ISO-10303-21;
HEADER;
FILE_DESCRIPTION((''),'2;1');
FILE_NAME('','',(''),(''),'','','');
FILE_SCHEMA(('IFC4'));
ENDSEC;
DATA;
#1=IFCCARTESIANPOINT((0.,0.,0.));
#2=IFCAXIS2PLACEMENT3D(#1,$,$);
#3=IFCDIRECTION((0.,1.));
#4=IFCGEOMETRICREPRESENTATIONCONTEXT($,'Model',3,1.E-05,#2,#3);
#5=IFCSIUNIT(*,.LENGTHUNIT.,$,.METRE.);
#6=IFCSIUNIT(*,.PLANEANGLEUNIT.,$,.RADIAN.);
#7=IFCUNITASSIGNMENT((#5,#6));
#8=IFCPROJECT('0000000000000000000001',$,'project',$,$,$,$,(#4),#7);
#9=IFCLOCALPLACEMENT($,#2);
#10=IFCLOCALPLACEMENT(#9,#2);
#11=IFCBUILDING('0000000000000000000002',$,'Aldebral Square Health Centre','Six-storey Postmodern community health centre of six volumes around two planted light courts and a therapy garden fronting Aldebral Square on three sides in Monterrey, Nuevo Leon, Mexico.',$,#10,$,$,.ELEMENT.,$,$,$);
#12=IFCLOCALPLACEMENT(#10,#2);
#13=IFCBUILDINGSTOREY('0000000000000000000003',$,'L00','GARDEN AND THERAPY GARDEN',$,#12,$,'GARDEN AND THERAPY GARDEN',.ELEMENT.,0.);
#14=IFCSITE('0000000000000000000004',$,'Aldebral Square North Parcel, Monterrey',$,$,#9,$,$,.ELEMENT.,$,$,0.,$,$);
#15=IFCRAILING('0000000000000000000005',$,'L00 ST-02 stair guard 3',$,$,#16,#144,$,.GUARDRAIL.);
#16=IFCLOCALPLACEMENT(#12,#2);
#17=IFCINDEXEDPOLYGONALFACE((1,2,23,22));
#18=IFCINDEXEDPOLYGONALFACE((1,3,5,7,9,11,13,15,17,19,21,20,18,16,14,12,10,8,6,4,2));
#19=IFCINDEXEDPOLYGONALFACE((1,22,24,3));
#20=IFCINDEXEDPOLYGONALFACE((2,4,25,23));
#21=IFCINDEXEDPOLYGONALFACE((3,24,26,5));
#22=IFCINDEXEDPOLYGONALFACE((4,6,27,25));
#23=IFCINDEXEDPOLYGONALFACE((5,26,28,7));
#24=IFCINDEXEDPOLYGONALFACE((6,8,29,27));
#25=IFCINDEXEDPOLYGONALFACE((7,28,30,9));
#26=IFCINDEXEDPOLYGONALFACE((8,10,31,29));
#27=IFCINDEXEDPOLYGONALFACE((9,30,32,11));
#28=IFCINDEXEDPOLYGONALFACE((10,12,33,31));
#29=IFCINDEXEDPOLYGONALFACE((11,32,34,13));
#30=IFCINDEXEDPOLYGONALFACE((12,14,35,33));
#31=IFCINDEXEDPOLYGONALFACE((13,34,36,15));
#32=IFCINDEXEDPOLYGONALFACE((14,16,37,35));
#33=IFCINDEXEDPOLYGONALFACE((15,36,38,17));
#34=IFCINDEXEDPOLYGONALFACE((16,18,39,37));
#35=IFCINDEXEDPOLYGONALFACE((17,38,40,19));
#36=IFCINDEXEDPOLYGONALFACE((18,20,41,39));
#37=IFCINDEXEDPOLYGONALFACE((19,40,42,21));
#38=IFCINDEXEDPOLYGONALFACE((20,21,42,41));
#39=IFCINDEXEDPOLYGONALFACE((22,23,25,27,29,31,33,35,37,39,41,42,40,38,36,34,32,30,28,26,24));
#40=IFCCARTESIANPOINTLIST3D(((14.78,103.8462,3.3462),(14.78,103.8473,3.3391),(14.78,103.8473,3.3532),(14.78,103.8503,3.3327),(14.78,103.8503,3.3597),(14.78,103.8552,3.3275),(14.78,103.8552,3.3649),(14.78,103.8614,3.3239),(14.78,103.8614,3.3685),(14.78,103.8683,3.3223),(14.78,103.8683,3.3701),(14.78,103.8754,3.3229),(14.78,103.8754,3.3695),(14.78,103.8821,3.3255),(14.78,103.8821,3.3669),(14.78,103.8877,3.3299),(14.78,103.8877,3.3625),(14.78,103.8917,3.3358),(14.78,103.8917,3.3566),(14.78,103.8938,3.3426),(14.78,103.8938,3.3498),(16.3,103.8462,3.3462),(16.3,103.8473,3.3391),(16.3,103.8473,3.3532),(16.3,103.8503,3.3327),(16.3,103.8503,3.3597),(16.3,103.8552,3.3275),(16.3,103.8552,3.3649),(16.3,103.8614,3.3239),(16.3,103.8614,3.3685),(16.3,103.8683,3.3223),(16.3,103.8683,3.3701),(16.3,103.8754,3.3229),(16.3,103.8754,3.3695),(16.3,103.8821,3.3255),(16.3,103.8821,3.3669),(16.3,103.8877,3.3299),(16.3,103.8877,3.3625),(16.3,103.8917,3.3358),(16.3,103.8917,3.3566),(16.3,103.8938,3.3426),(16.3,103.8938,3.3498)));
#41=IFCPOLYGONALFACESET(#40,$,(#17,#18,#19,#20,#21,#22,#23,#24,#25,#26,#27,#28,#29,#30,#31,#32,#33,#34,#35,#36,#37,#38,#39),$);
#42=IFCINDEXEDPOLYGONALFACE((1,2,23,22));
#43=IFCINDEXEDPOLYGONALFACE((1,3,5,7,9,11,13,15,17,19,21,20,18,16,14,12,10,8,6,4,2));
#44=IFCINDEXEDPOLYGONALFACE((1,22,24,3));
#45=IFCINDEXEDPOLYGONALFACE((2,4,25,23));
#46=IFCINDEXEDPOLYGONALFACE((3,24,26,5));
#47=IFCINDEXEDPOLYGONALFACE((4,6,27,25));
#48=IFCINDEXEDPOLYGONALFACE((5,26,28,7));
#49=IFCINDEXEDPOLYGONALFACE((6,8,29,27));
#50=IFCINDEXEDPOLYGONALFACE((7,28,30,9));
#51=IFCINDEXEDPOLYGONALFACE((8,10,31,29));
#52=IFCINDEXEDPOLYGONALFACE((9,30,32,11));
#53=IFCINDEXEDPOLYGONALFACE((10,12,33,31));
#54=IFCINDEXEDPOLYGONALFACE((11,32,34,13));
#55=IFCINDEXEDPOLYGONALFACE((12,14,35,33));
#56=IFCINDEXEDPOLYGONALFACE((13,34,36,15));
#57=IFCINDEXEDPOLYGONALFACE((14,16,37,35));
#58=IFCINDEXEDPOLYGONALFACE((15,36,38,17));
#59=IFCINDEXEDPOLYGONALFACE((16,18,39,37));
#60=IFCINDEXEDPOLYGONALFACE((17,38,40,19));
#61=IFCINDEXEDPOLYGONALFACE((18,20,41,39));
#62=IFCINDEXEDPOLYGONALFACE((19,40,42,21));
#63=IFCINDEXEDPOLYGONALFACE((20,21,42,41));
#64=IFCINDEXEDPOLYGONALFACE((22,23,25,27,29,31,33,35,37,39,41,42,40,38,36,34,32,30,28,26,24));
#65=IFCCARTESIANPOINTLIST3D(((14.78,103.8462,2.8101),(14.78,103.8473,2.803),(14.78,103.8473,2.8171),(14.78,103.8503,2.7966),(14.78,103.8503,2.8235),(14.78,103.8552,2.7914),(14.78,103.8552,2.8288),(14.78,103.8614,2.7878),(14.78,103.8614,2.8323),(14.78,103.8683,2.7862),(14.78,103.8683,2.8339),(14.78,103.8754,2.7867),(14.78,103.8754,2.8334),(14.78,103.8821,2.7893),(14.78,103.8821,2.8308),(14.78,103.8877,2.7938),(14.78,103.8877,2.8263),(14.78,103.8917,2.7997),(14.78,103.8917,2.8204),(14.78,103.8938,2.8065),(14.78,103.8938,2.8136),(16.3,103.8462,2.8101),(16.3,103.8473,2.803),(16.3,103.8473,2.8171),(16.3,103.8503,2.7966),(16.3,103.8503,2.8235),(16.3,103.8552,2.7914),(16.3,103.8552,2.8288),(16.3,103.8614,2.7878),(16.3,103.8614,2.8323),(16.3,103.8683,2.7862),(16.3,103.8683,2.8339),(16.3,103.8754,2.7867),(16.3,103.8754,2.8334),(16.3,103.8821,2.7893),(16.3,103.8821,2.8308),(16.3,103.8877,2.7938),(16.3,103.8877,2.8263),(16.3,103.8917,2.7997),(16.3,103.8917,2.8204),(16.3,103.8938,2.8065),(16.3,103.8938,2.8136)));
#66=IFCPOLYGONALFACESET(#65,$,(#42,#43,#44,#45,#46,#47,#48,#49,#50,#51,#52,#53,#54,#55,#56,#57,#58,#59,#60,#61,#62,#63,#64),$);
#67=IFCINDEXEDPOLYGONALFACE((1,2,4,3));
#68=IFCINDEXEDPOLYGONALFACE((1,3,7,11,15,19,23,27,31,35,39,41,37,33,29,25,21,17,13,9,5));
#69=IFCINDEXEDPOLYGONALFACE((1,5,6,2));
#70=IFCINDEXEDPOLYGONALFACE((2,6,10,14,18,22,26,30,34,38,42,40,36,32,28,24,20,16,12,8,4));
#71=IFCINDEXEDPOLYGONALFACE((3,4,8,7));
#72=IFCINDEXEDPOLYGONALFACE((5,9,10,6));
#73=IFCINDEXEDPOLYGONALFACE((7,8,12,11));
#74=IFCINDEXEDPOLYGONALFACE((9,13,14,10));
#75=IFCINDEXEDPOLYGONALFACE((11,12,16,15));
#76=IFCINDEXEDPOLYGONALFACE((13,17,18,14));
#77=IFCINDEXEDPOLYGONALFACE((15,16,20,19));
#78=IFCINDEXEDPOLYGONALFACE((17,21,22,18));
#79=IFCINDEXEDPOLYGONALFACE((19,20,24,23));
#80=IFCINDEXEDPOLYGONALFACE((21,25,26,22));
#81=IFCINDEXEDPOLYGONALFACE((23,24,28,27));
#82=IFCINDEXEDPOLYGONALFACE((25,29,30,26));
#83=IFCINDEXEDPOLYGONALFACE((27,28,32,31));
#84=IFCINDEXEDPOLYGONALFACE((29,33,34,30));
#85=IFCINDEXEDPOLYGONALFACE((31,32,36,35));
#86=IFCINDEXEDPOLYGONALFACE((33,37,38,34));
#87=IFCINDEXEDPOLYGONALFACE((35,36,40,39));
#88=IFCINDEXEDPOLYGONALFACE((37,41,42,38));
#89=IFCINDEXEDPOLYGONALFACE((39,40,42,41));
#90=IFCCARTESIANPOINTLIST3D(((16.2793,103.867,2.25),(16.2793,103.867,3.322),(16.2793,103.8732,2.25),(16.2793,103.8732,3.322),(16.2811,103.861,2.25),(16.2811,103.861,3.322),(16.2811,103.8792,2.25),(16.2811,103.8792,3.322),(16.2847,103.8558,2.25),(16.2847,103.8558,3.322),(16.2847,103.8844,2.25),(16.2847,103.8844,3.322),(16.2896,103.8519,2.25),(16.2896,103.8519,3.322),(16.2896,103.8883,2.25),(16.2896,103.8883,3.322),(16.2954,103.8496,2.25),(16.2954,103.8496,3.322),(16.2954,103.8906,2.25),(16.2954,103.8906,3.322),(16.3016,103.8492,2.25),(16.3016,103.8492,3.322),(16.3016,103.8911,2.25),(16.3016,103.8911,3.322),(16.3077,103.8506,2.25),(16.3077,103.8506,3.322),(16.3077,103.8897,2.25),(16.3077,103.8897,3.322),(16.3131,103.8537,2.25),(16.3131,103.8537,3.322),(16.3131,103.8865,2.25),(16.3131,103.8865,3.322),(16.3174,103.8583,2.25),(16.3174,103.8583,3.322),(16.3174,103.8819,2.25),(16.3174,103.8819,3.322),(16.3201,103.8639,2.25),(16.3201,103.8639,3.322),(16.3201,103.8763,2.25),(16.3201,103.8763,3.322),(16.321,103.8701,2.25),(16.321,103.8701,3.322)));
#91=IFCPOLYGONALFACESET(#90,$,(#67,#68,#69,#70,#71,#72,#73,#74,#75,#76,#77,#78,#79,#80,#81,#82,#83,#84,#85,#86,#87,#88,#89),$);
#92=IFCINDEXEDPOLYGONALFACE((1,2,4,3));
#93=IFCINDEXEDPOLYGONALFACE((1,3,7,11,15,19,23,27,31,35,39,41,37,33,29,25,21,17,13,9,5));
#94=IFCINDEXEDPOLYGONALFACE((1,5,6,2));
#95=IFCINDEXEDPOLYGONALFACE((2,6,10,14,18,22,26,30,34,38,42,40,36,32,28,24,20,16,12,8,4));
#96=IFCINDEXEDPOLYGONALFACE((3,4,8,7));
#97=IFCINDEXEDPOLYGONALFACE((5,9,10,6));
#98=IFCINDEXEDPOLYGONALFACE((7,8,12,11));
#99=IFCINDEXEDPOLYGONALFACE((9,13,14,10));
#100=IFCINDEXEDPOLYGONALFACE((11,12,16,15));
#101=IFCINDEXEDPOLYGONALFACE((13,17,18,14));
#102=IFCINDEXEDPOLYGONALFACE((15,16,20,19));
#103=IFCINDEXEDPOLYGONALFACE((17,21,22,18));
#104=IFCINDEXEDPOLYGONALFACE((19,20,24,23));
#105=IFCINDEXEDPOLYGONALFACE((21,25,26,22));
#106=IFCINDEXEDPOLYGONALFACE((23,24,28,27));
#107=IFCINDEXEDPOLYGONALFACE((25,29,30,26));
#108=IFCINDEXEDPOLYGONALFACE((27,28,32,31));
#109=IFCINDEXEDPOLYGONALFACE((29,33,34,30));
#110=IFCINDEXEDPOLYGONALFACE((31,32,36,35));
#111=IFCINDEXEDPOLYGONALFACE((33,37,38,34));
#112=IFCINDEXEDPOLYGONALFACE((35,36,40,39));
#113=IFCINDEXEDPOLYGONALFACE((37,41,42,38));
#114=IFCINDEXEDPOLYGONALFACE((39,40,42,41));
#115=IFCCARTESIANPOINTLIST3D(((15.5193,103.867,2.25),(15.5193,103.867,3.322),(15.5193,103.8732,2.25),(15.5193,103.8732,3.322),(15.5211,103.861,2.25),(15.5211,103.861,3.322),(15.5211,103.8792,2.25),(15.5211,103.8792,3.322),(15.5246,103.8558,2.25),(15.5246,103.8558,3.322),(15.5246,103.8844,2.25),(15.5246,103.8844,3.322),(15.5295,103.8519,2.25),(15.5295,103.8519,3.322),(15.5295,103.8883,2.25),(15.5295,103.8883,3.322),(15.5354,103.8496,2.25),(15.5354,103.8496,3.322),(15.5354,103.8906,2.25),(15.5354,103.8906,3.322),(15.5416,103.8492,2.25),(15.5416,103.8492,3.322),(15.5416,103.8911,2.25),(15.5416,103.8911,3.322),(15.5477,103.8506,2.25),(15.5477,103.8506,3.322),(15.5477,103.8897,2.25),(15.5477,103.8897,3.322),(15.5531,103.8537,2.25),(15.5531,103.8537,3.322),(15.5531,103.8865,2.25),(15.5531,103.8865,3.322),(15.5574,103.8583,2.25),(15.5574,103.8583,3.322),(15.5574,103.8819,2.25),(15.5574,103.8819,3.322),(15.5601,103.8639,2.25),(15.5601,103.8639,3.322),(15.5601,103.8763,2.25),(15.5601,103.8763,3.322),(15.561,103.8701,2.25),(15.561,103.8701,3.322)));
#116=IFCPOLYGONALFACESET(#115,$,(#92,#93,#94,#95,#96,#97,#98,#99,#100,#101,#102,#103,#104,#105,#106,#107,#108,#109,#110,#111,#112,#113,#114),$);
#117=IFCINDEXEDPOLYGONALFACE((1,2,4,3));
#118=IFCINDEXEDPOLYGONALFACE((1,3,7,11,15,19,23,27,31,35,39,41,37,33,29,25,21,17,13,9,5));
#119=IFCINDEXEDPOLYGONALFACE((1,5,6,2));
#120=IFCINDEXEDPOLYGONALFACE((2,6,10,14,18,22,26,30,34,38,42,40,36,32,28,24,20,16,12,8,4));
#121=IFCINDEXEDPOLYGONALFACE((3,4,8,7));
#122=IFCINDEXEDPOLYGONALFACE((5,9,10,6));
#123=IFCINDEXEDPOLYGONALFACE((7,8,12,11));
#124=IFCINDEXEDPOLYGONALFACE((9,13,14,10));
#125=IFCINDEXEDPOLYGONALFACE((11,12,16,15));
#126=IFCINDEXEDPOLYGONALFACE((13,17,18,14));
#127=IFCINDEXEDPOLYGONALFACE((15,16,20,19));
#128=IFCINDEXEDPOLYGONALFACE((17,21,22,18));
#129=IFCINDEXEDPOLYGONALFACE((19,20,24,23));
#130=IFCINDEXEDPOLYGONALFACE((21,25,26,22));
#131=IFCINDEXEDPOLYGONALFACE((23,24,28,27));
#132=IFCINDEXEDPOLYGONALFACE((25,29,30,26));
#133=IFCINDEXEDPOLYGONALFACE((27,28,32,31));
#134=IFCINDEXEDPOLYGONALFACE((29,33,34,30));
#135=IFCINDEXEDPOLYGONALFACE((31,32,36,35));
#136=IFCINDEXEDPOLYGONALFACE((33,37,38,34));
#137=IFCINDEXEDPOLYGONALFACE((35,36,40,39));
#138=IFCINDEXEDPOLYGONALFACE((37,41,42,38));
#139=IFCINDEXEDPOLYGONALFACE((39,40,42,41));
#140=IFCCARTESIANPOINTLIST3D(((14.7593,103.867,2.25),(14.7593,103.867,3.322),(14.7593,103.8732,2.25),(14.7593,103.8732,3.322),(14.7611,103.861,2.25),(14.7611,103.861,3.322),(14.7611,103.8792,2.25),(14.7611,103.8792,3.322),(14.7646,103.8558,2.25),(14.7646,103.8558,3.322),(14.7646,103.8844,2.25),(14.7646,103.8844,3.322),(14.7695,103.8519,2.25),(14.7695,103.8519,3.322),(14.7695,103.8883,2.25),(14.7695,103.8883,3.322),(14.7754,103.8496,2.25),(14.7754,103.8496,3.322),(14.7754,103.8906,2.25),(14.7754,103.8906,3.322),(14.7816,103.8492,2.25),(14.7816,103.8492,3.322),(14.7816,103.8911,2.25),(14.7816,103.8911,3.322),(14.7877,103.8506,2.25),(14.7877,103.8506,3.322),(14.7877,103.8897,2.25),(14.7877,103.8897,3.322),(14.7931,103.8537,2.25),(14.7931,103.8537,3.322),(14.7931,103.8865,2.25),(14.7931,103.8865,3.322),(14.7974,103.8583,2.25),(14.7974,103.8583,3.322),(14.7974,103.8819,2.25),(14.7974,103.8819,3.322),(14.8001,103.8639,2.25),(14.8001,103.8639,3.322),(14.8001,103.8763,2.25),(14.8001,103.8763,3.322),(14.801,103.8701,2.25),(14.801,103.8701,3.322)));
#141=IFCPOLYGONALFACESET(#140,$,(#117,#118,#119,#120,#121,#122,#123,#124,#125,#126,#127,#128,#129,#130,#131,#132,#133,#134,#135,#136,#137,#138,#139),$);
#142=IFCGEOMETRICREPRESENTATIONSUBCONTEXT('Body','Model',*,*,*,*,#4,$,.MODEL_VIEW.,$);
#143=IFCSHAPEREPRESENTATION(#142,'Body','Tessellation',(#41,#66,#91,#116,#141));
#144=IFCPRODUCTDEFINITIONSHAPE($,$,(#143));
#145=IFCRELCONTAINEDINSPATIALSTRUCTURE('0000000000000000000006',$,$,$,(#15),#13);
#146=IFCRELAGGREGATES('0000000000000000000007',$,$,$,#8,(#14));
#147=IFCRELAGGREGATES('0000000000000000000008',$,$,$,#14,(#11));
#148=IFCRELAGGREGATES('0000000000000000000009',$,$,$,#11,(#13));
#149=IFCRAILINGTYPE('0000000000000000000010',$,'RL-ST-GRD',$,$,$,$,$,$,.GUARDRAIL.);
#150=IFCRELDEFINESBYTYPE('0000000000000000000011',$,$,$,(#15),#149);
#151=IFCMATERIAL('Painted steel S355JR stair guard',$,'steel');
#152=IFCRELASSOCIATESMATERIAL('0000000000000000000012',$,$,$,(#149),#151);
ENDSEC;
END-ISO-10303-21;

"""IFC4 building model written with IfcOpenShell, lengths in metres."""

from ifc_helpers import new_model, si_unit, direction, frame, origin, origin_2d, place, context, subcontext, project, spatial, circle, extrude, material, type_object, element, save


model = new_model("IFC4")

# Units and contexts
model_context = context("Model", 3, precision=1e-05, world=origin(), true_north=direction((0.0, 1.0)))
body_context = subcontext(model_context, "Body", "Model", "MODEL_VIEW")
ifc_project = project(units=[si_unit("LENGTHUNIT", "METRE"), si_unit("PLANEANGLEUNIT", "RADIAN")], contexts=[model_context])

# Site, building, storey
site_placement = place(None, origin())
site = spatial("IfcSite", under=ifc_project, at=site_placement, Name="Aldebral Square North Parcel, Monterrey", CompositionType="ELEMENT", RefElevation=0.0)
building_placement = place(site_placement, origin())
building = spatial("IfcBuilding", under=site, at=building_placement, Name="Aldebral Square Health Centre", Description="Six-storey Postmodern community health centre of six volumes around two planted light courts and a therapy garden fronting Aldebral Square on three sides in Monterrey, Nuevo Leon, Mexico.", CompositionType="ELEMENT")
storey_placement = place(building_placement, origin())
storey = spatial("IfcBuildingStorey", under=building, at=storey_placement, Name="L00", Description="GARDEN AND THERAPY GARDEN", LongName="GARDEN AND THERAPY GARDEN", CompositionType="ELEMENT", Elevation=0.0)

# Railing
ifc_material_1 = material(Name="Painted steel S355JR stair guard", Category="steel")
railing_type_1 = type_object("IfcRailingType", Name="RL-ST-GRD", PredefinedType="GUARDRAIL", material=ifc_material_1)
railing_1_placement = place(storey_placement, frame((16.3, 103.8701, 2.25)))
element("IfcRailing", 1, at=railing_1_placement, inside=storey, type_object=railing_type_1, Name="L00 ST-02 stair guard 3", PredefinedType="GUARDRAIL", context=body_context, shape_type="SweptSolid", body=[
    extrude(circle(Radius=0.0239, at=origin_2d()), frame((0.0, 0.0, 1.0962), z_axis=(-1.0, 0.0, 0.0), x_axis=(0.0, -1.0, 0.0)), (0.0, 0.0, 1.0), 1.52),
    extrude(circle(Radius=0.0239, at=origin_2d()), frame((0.0, 0.0, 0.5601), z_axis=(-1.0, 0.0, 0.0), x_axis=(0.0, -1.0, 0.0)), (0.0, 0.0, 1.0), 1.52),
    extrude(circle(Radius=0.021, at=origin_2d()), origin(), (0.0, 0.0, 1.0), 1.072),
    extrude(circle(Radius=0.021, at=origin_2d()), frame((-0.76, 0.0, 0.0)), (0.0, 0.0, 1.0), 1.072),
    extrude(circle(Radius=0.021, at=origin_2d()), frame((-1.52, 0.0, 0.0)), (0.0, 0.0, 1.0), 1.072),
])

save(model, "model.ifc")
